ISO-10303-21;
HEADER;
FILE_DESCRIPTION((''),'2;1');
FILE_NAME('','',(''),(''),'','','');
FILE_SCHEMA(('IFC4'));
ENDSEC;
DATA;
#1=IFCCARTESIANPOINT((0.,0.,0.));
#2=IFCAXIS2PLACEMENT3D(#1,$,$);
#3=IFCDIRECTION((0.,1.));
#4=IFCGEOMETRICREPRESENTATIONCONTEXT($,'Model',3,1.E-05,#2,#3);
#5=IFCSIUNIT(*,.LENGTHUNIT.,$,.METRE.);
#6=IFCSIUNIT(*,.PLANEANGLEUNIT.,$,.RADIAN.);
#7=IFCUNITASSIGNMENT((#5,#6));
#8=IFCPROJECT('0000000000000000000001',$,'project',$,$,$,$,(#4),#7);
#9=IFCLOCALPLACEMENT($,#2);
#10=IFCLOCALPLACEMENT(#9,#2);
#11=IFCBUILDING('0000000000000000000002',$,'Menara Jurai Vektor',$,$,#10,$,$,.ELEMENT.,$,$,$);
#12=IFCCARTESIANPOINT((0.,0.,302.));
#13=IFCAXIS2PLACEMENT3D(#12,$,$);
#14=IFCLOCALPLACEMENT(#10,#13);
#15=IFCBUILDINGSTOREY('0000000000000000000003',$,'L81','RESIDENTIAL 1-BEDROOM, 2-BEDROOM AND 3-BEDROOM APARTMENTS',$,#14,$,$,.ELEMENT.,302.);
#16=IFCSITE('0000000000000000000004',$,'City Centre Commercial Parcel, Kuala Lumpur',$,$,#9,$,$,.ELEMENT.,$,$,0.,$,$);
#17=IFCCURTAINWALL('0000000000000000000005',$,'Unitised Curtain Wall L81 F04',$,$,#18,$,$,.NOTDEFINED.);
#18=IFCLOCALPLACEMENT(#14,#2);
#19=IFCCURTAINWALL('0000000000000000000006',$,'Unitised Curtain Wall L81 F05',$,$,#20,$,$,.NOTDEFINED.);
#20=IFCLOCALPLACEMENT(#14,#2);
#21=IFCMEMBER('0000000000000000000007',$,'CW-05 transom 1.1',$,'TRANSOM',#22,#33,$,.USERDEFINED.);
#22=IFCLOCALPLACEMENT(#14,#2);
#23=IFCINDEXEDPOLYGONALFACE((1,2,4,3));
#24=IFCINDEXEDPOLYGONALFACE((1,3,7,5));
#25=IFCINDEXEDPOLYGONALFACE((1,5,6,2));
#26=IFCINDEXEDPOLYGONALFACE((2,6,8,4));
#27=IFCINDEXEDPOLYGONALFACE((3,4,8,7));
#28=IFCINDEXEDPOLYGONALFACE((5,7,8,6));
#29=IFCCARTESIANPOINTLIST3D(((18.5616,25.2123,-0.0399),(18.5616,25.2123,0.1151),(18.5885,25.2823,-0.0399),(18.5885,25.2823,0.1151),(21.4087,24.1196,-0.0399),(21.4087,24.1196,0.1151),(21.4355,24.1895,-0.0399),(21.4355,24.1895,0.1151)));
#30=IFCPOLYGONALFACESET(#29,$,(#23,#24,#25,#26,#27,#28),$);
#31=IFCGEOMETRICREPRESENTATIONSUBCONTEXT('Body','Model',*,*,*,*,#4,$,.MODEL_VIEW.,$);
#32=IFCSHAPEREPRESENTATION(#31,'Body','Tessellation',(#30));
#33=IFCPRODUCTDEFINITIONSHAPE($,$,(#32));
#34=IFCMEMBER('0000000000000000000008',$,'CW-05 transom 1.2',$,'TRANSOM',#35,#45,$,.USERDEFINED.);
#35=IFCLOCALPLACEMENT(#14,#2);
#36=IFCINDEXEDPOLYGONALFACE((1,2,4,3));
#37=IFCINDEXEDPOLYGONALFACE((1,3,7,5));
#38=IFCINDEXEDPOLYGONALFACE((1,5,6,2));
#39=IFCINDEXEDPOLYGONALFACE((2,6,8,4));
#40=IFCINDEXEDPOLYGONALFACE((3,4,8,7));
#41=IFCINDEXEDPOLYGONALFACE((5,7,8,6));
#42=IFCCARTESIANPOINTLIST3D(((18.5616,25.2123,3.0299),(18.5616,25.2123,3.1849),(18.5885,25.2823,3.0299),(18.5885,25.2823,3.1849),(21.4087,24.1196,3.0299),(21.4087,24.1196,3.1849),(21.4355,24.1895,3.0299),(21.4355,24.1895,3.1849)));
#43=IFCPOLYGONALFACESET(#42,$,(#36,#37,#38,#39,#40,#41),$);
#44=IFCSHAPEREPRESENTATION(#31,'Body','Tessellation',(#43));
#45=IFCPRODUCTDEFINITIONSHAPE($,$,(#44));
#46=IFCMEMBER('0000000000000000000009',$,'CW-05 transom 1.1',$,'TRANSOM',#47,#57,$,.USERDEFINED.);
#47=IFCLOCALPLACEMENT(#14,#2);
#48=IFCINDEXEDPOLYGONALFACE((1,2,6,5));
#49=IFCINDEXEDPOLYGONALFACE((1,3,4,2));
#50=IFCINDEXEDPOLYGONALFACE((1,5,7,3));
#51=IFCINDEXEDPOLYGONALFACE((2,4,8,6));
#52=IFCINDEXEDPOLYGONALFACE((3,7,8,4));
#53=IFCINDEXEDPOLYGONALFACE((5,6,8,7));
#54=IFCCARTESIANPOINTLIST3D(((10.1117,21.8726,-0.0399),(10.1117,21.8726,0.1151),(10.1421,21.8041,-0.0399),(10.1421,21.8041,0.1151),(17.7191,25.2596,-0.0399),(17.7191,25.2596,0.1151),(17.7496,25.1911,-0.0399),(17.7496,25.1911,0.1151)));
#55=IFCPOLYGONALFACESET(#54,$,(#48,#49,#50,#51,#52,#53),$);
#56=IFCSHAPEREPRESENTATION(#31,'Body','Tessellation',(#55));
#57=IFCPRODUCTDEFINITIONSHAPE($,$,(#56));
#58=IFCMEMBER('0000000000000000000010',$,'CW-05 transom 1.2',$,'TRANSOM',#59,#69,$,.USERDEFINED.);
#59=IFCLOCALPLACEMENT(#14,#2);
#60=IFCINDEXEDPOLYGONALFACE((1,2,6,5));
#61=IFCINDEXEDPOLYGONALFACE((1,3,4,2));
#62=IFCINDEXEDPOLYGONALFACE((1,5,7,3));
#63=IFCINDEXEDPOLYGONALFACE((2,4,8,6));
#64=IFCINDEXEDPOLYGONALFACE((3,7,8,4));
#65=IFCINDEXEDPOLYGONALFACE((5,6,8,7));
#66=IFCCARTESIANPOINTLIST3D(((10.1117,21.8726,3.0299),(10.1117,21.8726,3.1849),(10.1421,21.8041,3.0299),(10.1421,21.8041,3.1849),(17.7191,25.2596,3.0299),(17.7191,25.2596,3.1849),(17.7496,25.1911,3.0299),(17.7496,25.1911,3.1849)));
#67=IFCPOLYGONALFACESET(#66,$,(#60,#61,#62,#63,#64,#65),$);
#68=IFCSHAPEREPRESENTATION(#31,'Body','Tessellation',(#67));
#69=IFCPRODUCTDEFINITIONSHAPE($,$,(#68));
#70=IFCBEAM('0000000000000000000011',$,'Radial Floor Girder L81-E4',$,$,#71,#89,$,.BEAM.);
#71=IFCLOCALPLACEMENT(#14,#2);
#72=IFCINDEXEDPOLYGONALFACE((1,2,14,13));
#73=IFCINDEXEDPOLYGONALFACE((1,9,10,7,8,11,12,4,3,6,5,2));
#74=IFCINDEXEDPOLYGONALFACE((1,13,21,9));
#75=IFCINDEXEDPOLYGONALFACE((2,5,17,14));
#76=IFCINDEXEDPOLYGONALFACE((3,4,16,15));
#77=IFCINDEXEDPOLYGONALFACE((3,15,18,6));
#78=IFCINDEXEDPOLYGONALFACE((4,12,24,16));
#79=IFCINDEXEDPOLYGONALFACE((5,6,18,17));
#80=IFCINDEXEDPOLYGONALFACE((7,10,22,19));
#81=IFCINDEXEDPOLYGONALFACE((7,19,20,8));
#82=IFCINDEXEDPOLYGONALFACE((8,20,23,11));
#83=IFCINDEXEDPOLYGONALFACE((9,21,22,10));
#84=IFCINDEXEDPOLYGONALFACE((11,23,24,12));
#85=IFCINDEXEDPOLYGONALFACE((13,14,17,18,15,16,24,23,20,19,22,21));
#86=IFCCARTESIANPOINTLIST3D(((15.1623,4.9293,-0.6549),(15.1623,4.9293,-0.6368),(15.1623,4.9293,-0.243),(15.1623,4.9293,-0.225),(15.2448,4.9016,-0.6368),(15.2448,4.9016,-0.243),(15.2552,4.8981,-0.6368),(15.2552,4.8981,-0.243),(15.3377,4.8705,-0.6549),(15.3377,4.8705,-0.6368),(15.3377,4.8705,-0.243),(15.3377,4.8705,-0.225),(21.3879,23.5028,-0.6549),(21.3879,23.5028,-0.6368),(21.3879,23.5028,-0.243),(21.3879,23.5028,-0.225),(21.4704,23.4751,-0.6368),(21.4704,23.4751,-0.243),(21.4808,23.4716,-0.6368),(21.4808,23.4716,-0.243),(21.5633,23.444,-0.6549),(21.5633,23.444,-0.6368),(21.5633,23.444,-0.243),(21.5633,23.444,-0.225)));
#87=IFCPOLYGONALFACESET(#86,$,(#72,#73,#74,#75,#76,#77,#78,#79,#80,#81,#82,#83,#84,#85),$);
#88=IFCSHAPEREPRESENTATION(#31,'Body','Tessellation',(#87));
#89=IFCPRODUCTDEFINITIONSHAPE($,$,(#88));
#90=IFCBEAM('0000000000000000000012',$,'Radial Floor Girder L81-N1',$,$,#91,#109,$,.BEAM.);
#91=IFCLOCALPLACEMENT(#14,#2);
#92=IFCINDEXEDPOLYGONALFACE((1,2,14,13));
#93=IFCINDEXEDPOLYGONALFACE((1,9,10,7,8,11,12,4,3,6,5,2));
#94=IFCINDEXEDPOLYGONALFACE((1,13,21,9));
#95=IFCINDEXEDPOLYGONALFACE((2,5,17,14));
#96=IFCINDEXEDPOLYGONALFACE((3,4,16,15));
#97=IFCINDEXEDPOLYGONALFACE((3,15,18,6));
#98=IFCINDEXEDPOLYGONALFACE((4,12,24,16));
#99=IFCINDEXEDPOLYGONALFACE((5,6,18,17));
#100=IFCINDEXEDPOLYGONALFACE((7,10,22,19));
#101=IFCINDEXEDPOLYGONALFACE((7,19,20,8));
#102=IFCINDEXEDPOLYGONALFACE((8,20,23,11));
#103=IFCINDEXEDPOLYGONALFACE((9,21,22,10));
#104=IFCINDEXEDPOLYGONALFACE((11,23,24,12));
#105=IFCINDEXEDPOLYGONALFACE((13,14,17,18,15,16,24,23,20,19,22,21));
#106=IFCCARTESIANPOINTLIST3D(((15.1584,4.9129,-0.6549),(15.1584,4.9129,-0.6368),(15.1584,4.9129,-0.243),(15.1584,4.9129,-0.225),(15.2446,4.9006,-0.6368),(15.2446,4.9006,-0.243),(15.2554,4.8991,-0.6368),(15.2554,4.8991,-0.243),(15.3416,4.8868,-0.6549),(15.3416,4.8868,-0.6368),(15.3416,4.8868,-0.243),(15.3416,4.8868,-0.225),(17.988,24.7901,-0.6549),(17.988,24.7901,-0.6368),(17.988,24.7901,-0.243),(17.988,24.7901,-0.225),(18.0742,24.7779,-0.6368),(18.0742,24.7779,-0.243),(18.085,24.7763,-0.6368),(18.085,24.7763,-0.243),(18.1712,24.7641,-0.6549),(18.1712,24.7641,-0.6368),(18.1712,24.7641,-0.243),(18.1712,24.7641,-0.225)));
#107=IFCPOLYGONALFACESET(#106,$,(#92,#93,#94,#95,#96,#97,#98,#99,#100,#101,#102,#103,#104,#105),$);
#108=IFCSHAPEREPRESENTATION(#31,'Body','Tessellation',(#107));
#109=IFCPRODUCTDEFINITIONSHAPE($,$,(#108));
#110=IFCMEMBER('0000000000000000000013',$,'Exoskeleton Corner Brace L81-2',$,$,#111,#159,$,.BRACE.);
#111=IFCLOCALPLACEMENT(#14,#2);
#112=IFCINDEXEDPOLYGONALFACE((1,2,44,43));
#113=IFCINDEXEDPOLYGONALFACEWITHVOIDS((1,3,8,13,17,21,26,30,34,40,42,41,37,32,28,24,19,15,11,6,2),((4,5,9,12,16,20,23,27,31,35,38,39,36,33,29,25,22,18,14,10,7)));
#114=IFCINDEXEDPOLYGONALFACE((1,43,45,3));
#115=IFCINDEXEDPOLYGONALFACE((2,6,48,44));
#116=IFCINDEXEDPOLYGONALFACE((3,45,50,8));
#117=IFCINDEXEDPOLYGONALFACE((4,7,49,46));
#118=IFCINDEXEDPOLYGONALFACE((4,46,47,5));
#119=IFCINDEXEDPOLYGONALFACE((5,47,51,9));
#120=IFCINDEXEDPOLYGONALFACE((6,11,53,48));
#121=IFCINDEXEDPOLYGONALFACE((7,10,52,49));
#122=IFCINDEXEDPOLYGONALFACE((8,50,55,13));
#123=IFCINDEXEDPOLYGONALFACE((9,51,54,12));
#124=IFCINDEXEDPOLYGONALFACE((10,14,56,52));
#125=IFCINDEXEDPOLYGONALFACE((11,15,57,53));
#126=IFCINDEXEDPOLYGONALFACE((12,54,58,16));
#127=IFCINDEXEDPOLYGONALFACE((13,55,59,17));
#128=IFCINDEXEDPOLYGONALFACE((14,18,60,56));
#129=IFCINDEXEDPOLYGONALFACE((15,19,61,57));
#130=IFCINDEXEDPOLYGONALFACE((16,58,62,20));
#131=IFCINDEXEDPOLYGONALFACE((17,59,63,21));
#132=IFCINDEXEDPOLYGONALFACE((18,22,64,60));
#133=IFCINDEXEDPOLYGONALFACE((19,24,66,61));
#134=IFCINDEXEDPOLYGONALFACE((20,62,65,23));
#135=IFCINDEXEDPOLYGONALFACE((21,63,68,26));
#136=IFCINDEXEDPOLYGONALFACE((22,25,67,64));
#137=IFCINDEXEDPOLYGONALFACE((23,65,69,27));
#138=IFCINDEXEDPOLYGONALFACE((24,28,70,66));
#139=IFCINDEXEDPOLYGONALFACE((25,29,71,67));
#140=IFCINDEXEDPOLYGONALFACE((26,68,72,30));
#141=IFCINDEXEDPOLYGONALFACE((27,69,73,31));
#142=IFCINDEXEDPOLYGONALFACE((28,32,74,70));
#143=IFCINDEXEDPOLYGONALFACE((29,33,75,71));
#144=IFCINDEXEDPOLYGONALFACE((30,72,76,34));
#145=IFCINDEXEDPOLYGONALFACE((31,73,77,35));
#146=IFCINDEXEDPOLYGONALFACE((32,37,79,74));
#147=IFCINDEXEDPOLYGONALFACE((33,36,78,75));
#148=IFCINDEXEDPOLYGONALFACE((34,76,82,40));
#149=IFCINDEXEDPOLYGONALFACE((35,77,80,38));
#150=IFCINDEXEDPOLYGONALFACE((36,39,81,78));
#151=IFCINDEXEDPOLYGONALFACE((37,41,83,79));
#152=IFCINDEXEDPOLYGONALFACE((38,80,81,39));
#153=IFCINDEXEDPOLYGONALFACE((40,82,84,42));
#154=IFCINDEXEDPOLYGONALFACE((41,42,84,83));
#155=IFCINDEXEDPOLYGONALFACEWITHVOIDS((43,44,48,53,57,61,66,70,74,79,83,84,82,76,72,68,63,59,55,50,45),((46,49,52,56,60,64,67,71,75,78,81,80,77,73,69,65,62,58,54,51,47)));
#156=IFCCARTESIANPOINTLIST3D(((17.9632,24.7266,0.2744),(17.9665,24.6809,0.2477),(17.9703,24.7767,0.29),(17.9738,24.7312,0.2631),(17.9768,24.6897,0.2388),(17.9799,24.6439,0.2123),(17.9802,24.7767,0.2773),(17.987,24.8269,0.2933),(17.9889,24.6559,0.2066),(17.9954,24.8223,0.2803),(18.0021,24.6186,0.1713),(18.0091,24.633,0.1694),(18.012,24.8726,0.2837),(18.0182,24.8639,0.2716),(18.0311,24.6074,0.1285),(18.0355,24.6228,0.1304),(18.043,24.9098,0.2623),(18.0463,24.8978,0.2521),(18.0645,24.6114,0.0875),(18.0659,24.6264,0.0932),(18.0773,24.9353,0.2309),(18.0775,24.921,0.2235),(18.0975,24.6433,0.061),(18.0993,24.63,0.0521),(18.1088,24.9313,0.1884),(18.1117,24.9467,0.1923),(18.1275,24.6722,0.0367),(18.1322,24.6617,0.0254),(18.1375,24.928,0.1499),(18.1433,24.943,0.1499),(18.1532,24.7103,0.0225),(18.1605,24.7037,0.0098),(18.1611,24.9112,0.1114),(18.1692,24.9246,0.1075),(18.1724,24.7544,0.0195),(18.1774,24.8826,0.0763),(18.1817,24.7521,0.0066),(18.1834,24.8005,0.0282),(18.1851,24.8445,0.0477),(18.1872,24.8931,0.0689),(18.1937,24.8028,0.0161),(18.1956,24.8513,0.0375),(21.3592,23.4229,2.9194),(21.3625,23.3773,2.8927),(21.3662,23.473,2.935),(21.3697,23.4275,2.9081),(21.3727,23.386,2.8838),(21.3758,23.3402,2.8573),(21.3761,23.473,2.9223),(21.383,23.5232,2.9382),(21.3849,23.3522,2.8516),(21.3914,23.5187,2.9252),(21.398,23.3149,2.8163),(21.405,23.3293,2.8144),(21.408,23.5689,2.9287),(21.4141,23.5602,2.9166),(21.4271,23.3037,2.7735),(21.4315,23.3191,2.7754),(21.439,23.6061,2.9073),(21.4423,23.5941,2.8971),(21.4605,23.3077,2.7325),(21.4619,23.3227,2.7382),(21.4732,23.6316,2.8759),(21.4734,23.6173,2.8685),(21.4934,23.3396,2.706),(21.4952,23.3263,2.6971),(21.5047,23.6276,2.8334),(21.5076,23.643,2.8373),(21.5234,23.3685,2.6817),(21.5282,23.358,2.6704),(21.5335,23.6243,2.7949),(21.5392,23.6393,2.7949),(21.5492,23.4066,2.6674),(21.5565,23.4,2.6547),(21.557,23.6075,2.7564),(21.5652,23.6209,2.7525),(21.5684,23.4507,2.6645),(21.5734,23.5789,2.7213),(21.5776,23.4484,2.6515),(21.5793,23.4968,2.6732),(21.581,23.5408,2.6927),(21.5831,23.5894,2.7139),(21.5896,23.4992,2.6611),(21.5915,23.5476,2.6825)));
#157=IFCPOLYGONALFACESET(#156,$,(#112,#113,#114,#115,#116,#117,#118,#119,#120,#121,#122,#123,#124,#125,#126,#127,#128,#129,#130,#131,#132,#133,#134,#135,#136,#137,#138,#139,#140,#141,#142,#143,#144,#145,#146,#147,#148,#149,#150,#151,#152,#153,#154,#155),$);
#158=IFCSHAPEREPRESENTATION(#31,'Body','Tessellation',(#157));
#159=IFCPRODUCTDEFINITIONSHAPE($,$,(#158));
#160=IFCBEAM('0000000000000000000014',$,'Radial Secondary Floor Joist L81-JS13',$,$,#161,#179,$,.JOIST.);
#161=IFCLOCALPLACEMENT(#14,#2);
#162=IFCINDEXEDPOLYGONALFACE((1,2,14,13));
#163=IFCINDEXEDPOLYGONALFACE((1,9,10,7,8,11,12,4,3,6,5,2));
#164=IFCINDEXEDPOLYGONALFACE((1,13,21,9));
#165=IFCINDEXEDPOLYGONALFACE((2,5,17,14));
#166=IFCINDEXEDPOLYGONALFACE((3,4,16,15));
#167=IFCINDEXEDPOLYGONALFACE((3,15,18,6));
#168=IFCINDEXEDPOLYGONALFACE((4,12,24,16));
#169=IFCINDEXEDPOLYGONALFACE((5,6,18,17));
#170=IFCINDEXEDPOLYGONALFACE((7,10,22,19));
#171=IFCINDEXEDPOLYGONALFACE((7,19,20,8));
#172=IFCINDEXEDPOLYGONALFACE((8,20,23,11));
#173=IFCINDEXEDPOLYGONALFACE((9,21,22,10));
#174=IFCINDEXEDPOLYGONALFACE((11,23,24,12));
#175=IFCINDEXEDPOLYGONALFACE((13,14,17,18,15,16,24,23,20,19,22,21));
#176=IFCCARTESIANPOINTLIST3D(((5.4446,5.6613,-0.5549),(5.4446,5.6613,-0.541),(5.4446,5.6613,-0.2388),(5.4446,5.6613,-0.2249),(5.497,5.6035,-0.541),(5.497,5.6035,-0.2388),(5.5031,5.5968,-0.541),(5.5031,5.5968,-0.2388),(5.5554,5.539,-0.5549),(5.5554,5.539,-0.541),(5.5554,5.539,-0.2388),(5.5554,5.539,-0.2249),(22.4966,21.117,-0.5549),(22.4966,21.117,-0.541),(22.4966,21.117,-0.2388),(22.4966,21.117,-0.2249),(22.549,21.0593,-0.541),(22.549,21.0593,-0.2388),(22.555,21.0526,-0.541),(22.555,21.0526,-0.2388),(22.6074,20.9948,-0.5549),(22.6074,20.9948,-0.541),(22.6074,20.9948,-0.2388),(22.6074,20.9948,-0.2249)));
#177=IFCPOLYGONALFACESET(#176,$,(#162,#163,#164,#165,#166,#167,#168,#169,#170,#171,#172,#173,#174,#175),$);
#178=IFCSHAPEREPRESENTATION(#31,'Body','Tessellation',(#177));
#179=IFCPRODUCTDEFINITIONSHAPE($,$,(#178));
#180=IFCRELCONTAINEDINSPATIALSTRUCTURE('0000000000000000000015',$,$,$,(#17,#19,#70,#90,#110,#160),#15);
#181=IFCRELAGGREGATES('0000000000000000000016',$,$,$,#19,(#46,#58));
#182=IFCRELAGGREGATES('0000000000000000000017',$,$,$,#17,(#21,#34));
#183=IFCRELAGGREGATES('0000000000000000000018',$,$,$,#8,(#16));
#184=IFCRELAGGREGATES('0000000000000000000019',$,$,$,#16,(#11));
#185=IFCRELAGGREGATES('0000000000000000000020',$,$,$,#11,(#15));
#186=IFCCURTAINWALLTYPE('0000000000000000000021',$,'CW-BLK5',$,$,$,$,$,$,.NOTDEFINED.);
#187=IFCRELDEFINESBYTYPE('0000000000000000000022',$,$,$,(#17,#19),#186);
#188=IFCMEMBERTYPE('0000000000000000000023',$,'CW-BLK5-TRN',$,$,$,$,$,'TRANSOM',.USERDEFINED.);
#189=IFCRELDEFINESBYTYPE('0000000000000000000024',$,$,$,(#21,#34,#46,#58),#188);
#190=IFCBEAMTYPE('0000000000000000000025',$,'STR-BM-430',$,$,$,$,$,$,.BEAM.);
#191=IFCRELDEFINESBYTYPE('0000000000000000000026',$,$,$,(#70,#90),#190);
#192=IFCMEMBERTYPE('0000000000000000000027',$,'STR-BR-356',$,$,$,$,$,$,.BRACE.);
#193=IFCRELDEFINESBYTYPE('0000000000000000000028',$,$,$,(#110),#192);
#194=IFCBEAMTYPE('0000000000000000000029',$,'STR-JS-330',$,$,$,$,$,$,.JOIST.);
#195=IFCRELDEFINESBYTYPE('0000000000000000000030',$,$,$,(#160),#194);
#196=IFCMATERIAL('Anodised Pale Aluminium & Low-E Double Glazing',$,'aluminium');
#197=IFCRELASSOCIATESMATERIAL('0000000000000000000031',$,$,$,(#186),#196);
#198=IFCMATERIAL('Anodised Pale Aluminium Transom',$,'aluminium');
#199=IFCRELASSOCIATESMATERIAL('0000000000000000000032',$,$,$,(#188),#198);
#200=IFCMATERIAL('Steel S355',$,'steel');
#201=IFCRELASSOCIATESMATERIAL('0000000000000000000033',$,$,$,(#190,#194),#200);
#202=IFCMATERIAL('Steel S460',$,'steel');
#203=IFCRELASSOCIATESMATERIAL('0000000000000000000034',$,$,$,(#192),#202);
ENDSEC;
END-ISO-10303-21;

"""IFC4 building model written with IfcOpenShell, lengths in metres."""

from ifc_helpers import new_model, si_unit, direction, frame, origin, origin_2d, place, context, subcontext, project, spatial, rectangle, hollow_circle, i_section, extrude, material, material_profile, profile_set, type_object, element, aggregate, save


model = new_model("IFC4")

# Units and contexts
model_context = context("Model", 3, precision=1e-05, world=origin(), true_north=direction((0.0, 1.0)))
body_context = subcontext(model_context, "Body", "Model", "MODEL_VIEW")
ifc_project = project(units=[si_unit("LENGTHUNIT", "METRE"), si_unit("PLANEANGLEUNIT", "RADIAN")], contexts=[model_context])

# Site, building, storey
site_placement = place(None, origin())
site = spatial("IfcSite", under=ifc_project, at=site_placement, Name="City Centre Commercial Parcel, Kuala Lumpur", CompositionType="ELEMENT", RefElevation=0.0)
building_placement = place(site_placement, origin())
building = spatial("IfcBuilding", under=site, at=building_placement, Name="Menara Jurai Vektor", CompositionType="ELEMENT")
storey_placement = place(building_placement, frame((0.0, 0.0, 302.0)))
storey = spatial("IfcBuildingStorey", under=building, at=storey_placement, Name="L81", Description="RESIDENTIAL 1-BEDROOM, 2-BEDROOM AND 3-BEDROOM APARTMENTS", CompositionType="ELEMENT", Elevation=302.0)

# Shared definitions
ifc_material_1 = material(Name="Steel S460", Category="steel")

# Curtain wall
ifc_material_2 = material(Name="Anodised Pale Aluminium & Low-E Double Glazing", Category="aluminium")
curtain_wall_type = type_object("IfcCurtainWallType", Name="CW-BLK5", PredefinedType="NOTDEFINED", material=ifc_material_2)
curtain_wall_1_placement = place(storey_placement, origin())
curtain_wall_1 = element("IfcCurtainWall", 1, at=curtain_wall_1_placement, inside=storey, type_object=curtain_wall_type, Name="Unitised Curtain Wall L81 F04", PredefinedType="NOTDEFINED")

# Curtain wall
curtain_wall_2_placement = place(storey_placement, origin())
curtain_wall_2 = element("IfcCurtainWall", 2, at=curtain_wall_2_placement, inside=storey, type_object=curtain_wall_type, Name="Unitised Curtain Wall L81 F05", PredefinedType="NOTDEFINED")

# Members
ifc_material_3 = material(Name="Anodised Pale Aluminium Transom", Category="aluminium")
ifc_material_profile_1 = material_profile(ifc_material_3, rectangle(XDim=0.075, YDim=0.155, at=origin_2d()), Name="ALU TRN 75x155")
ifc_profile_set_1 = profile_set([ifc_material_profile_1], Name="Anodised Pale Aluminium Transom")
member_type_1 = type_object("IfcMemberType", Name="CW-BLK5-TRN", ElementType="TRANSOM", PredefinedType="USERDEFINED", material=ifc_profile_set_1)
member_1_placement = place(storey_placement, frame((21.4221, 24.1545, 0.0376), z_axis=(-0.933597, 0.358325, 0.0), x_axis=(-0.358325, -0.933597, 0.0)))
member_1 = element("IfcMember", 3, at=member_1_placement, type_object=member_type_1, Name="CW-05 transom 1.1", ObjectType="TRANSOM", PredefinedType="USERDEFINED", context=body_context, shape_type="SweptSolid", body=[
    extrude(rectangle(XDim=0.075, YDim=0.155, at=origin_2d()), origin(), (0.0, 0.0, 1.0), 3.0496),
])
member_2_placement = place(storey_placement, frame((21.4221, 24.1545, 3.1074), z_axis=(-0.933597, 0.358325, 0.0), x_axis=(-0.358325, -0.933597, 0.0)))
member_2 = element("IfcMember", 4, at=member_2_placement, type_object=member_type_1, Name="CW-05 transom 1.2", ObjectType="TRANSOM", PredefinedType="USERDEFINED", context=body_context, shape_type="SweptSolid", body=[
    extrude(rectangle(XDim=0.075, YDim=0.155, at=origin_2d()), origin(), (0.0, 0.0, 1.0), 3.0496),
])
member_3_placement = place(storey_placement, frame((17.7344, 25.2253, 0.0376), z_axis=(-0.913549, -0.406729, 0.0), x_axis=(0.406729, -0.913549, 0.0)))
member_3 = element("IfcMember", 5, at=member_3_placement, type_object=member_type_1, Name="CW-05 transom 1.1", ObjectType="TRANSOM", PredefinedType="USERDEFINED", context=body_context, shape_type="SweptSolid", body=[
    extrude(rectangle(XDim=0.075, YDim=0.155, at=origin_2d()), origin(), (0.0, 0.0, 1.0), 8.3274),
])
member_4_placement = place(storey_placement, frame((17.7344, 25.2253, 3.1074), z_axis=(-0.913549, -0.406729, 0.0), x_axis=(0.406729, -0.913549, 0.0)))
member_4 = element("IfcMember", 6, at=member_4_placement, type_object=member_type_1, Name="CW-05 transom 1.2", ObjectType="TRANSOM", PredefinedType="USERDEFINED", context=body_context, shape_type="SweptSolid", body=[
    extrude(rectangle(XDim=0.075, YDim=0.155, at=origin_2d()), origin(), (0.0, 0.0, 1.0), 8.3274),
])
aggregate(curtain_wall_2, [member_3, member_4])

# Beams
ifc_material_4 = material(Name="Steel S355", Category="steel")
ifc_material_profile_2 = material_profile(ifc_material_4, i_section(OverallWidth=0.1851, OverallDepth=0.4299, WebThickness=0.011, FlangeThickness=0.0181, at=origin_2d()), Name="PG 430x185x76")
ifc_profile_set_2 = profile_set([ifc_material_profile_2], Name="Steel S355")
beam_type_1 = type_object("IfcBeamType", Name="STR-BM-430", PredefinedType="BEAM", material=ifc_profile_set_2)
beam_1_placement = place(storey_placement, frame((21.4756, 23.4734, -0.4399), z_axis=(-0.317809, -0.948155, 0.0), x_axis=(0.948155, -0.317809, 0.0)))
element("IfcBeam", 7, at=beam_1_placement, inside=storey, type_object=beam_type_1, Name="Radial Floor Girder L81-E4", PredefinedType="BEAM", context=body_context, shape_type="SweptSolid", body=[
    extrude(i_section(OverallWidth=0.1851, OverallDepth=0.4299, WebThickness=0.011, FlangeThickness=0.0181, at=origin_2d()), origin(), (0.0, 0.0, 1.0), 19.5891),
])
beam_2_placement = place(storey_placement, frame((18.0796, 24.7771, -0.4399), z_axis=(-0.140933, -0.990019, 0.0), x_axis=(0.990019, -0.140933, 0.0)))
element("IfcBeam", 8, at=beam_2_placement, inside=storey, type_object=beam_type_1, Name="Radial Floor Girder L81-N1", PredefinedType="BEAM", context=body_context, shape_type="SweptSolid", body=[
    extrude(i_section(OverallWidth=0.1851, OverallDepth=0.4299, WebThickness=0.011, FlangeThickness=0.0181, at=origin_2d()), origin(), (0.0, 0.0, 1.0), 20.0776),
])

# Member
ifc_material_profile_3 = material_profile(ifc_material_1, hollow_circle(Radius=0.1777, WallThickness=0.0161, at=origin_2d()), Name="CHS 355.6x16")
ifc_profile_set_3 = profile_set([ifc_material_profile_3], Name="Steel S460")
member_type_2 = type_object("IfcMemberType", Name="STR-BR-356", PredefinedType="BRACE", material=ifc_profile_set_3)
member_5_placement = place(storey_placement, frame((18.0796, 24.7771, 0.1499), z_axis=(0.755065, -0.289867, 0.588093), x_axis=(0.358394, 0.93357, 0.0)))
element("IfcMember", 9, at=member_5_placement, inside=storey, type_object=member_type_2, Name="Exoskeleton Corner Brace L81-2", PredefinedType="BRACE", context=body_context, shape_type="SweptSolid", body=[
    extrude(hollow_circle(Radius=0.1777, WallThickness=0.0161, at=origin_2d()), origin(), (0.0, 0.0, 1.0), 4.4976),
])

# Beam
ifc_material_profile_4 = material_profile(ifc_material_4, i_section(OverallWidth=0.165, OverallDepth=0.3301, WebThickness=0.009, FlangeThickness=0.0139, at=origin_2d()), Name="PG 330x165x46")
ifc_profile_set_4 = profile_set([ifc_material_profile_4], Name="Steel S355")
beam_type_2 = type_object("IfcBeamType", Name="STR-JS-330", PredefinedType="JOIST", material=ifc_profile_set_4)
beam_3_placement = place(storey_placement, frame((22.552, 21.0559, -0.3899), z_axis=(-0.740934, -0.671577, 0.0), x_axis=(0.671577, -0.740934, 0.0)))
element("IfcBeam", 10, at=beam_3_placement, inside=storey, type_object=beam_type_2, Name="Radial Secondary Floor Joist L81-JS13", PredefinedType="JOIST", context=body_context, shape_type="SweptSolid", body=[
    extrude(i_section(OverallWidth=0.165, OverallDepth=0.3301, WebThickness=0.009, FlangeThickness=0.0139, at=origin_2d()), origin(), (0.0, 0.0, 1.0), 23.0142),
])

aggregate(curtain_wall_1, [member_1, member_2])

save(model, "model.ifc")
